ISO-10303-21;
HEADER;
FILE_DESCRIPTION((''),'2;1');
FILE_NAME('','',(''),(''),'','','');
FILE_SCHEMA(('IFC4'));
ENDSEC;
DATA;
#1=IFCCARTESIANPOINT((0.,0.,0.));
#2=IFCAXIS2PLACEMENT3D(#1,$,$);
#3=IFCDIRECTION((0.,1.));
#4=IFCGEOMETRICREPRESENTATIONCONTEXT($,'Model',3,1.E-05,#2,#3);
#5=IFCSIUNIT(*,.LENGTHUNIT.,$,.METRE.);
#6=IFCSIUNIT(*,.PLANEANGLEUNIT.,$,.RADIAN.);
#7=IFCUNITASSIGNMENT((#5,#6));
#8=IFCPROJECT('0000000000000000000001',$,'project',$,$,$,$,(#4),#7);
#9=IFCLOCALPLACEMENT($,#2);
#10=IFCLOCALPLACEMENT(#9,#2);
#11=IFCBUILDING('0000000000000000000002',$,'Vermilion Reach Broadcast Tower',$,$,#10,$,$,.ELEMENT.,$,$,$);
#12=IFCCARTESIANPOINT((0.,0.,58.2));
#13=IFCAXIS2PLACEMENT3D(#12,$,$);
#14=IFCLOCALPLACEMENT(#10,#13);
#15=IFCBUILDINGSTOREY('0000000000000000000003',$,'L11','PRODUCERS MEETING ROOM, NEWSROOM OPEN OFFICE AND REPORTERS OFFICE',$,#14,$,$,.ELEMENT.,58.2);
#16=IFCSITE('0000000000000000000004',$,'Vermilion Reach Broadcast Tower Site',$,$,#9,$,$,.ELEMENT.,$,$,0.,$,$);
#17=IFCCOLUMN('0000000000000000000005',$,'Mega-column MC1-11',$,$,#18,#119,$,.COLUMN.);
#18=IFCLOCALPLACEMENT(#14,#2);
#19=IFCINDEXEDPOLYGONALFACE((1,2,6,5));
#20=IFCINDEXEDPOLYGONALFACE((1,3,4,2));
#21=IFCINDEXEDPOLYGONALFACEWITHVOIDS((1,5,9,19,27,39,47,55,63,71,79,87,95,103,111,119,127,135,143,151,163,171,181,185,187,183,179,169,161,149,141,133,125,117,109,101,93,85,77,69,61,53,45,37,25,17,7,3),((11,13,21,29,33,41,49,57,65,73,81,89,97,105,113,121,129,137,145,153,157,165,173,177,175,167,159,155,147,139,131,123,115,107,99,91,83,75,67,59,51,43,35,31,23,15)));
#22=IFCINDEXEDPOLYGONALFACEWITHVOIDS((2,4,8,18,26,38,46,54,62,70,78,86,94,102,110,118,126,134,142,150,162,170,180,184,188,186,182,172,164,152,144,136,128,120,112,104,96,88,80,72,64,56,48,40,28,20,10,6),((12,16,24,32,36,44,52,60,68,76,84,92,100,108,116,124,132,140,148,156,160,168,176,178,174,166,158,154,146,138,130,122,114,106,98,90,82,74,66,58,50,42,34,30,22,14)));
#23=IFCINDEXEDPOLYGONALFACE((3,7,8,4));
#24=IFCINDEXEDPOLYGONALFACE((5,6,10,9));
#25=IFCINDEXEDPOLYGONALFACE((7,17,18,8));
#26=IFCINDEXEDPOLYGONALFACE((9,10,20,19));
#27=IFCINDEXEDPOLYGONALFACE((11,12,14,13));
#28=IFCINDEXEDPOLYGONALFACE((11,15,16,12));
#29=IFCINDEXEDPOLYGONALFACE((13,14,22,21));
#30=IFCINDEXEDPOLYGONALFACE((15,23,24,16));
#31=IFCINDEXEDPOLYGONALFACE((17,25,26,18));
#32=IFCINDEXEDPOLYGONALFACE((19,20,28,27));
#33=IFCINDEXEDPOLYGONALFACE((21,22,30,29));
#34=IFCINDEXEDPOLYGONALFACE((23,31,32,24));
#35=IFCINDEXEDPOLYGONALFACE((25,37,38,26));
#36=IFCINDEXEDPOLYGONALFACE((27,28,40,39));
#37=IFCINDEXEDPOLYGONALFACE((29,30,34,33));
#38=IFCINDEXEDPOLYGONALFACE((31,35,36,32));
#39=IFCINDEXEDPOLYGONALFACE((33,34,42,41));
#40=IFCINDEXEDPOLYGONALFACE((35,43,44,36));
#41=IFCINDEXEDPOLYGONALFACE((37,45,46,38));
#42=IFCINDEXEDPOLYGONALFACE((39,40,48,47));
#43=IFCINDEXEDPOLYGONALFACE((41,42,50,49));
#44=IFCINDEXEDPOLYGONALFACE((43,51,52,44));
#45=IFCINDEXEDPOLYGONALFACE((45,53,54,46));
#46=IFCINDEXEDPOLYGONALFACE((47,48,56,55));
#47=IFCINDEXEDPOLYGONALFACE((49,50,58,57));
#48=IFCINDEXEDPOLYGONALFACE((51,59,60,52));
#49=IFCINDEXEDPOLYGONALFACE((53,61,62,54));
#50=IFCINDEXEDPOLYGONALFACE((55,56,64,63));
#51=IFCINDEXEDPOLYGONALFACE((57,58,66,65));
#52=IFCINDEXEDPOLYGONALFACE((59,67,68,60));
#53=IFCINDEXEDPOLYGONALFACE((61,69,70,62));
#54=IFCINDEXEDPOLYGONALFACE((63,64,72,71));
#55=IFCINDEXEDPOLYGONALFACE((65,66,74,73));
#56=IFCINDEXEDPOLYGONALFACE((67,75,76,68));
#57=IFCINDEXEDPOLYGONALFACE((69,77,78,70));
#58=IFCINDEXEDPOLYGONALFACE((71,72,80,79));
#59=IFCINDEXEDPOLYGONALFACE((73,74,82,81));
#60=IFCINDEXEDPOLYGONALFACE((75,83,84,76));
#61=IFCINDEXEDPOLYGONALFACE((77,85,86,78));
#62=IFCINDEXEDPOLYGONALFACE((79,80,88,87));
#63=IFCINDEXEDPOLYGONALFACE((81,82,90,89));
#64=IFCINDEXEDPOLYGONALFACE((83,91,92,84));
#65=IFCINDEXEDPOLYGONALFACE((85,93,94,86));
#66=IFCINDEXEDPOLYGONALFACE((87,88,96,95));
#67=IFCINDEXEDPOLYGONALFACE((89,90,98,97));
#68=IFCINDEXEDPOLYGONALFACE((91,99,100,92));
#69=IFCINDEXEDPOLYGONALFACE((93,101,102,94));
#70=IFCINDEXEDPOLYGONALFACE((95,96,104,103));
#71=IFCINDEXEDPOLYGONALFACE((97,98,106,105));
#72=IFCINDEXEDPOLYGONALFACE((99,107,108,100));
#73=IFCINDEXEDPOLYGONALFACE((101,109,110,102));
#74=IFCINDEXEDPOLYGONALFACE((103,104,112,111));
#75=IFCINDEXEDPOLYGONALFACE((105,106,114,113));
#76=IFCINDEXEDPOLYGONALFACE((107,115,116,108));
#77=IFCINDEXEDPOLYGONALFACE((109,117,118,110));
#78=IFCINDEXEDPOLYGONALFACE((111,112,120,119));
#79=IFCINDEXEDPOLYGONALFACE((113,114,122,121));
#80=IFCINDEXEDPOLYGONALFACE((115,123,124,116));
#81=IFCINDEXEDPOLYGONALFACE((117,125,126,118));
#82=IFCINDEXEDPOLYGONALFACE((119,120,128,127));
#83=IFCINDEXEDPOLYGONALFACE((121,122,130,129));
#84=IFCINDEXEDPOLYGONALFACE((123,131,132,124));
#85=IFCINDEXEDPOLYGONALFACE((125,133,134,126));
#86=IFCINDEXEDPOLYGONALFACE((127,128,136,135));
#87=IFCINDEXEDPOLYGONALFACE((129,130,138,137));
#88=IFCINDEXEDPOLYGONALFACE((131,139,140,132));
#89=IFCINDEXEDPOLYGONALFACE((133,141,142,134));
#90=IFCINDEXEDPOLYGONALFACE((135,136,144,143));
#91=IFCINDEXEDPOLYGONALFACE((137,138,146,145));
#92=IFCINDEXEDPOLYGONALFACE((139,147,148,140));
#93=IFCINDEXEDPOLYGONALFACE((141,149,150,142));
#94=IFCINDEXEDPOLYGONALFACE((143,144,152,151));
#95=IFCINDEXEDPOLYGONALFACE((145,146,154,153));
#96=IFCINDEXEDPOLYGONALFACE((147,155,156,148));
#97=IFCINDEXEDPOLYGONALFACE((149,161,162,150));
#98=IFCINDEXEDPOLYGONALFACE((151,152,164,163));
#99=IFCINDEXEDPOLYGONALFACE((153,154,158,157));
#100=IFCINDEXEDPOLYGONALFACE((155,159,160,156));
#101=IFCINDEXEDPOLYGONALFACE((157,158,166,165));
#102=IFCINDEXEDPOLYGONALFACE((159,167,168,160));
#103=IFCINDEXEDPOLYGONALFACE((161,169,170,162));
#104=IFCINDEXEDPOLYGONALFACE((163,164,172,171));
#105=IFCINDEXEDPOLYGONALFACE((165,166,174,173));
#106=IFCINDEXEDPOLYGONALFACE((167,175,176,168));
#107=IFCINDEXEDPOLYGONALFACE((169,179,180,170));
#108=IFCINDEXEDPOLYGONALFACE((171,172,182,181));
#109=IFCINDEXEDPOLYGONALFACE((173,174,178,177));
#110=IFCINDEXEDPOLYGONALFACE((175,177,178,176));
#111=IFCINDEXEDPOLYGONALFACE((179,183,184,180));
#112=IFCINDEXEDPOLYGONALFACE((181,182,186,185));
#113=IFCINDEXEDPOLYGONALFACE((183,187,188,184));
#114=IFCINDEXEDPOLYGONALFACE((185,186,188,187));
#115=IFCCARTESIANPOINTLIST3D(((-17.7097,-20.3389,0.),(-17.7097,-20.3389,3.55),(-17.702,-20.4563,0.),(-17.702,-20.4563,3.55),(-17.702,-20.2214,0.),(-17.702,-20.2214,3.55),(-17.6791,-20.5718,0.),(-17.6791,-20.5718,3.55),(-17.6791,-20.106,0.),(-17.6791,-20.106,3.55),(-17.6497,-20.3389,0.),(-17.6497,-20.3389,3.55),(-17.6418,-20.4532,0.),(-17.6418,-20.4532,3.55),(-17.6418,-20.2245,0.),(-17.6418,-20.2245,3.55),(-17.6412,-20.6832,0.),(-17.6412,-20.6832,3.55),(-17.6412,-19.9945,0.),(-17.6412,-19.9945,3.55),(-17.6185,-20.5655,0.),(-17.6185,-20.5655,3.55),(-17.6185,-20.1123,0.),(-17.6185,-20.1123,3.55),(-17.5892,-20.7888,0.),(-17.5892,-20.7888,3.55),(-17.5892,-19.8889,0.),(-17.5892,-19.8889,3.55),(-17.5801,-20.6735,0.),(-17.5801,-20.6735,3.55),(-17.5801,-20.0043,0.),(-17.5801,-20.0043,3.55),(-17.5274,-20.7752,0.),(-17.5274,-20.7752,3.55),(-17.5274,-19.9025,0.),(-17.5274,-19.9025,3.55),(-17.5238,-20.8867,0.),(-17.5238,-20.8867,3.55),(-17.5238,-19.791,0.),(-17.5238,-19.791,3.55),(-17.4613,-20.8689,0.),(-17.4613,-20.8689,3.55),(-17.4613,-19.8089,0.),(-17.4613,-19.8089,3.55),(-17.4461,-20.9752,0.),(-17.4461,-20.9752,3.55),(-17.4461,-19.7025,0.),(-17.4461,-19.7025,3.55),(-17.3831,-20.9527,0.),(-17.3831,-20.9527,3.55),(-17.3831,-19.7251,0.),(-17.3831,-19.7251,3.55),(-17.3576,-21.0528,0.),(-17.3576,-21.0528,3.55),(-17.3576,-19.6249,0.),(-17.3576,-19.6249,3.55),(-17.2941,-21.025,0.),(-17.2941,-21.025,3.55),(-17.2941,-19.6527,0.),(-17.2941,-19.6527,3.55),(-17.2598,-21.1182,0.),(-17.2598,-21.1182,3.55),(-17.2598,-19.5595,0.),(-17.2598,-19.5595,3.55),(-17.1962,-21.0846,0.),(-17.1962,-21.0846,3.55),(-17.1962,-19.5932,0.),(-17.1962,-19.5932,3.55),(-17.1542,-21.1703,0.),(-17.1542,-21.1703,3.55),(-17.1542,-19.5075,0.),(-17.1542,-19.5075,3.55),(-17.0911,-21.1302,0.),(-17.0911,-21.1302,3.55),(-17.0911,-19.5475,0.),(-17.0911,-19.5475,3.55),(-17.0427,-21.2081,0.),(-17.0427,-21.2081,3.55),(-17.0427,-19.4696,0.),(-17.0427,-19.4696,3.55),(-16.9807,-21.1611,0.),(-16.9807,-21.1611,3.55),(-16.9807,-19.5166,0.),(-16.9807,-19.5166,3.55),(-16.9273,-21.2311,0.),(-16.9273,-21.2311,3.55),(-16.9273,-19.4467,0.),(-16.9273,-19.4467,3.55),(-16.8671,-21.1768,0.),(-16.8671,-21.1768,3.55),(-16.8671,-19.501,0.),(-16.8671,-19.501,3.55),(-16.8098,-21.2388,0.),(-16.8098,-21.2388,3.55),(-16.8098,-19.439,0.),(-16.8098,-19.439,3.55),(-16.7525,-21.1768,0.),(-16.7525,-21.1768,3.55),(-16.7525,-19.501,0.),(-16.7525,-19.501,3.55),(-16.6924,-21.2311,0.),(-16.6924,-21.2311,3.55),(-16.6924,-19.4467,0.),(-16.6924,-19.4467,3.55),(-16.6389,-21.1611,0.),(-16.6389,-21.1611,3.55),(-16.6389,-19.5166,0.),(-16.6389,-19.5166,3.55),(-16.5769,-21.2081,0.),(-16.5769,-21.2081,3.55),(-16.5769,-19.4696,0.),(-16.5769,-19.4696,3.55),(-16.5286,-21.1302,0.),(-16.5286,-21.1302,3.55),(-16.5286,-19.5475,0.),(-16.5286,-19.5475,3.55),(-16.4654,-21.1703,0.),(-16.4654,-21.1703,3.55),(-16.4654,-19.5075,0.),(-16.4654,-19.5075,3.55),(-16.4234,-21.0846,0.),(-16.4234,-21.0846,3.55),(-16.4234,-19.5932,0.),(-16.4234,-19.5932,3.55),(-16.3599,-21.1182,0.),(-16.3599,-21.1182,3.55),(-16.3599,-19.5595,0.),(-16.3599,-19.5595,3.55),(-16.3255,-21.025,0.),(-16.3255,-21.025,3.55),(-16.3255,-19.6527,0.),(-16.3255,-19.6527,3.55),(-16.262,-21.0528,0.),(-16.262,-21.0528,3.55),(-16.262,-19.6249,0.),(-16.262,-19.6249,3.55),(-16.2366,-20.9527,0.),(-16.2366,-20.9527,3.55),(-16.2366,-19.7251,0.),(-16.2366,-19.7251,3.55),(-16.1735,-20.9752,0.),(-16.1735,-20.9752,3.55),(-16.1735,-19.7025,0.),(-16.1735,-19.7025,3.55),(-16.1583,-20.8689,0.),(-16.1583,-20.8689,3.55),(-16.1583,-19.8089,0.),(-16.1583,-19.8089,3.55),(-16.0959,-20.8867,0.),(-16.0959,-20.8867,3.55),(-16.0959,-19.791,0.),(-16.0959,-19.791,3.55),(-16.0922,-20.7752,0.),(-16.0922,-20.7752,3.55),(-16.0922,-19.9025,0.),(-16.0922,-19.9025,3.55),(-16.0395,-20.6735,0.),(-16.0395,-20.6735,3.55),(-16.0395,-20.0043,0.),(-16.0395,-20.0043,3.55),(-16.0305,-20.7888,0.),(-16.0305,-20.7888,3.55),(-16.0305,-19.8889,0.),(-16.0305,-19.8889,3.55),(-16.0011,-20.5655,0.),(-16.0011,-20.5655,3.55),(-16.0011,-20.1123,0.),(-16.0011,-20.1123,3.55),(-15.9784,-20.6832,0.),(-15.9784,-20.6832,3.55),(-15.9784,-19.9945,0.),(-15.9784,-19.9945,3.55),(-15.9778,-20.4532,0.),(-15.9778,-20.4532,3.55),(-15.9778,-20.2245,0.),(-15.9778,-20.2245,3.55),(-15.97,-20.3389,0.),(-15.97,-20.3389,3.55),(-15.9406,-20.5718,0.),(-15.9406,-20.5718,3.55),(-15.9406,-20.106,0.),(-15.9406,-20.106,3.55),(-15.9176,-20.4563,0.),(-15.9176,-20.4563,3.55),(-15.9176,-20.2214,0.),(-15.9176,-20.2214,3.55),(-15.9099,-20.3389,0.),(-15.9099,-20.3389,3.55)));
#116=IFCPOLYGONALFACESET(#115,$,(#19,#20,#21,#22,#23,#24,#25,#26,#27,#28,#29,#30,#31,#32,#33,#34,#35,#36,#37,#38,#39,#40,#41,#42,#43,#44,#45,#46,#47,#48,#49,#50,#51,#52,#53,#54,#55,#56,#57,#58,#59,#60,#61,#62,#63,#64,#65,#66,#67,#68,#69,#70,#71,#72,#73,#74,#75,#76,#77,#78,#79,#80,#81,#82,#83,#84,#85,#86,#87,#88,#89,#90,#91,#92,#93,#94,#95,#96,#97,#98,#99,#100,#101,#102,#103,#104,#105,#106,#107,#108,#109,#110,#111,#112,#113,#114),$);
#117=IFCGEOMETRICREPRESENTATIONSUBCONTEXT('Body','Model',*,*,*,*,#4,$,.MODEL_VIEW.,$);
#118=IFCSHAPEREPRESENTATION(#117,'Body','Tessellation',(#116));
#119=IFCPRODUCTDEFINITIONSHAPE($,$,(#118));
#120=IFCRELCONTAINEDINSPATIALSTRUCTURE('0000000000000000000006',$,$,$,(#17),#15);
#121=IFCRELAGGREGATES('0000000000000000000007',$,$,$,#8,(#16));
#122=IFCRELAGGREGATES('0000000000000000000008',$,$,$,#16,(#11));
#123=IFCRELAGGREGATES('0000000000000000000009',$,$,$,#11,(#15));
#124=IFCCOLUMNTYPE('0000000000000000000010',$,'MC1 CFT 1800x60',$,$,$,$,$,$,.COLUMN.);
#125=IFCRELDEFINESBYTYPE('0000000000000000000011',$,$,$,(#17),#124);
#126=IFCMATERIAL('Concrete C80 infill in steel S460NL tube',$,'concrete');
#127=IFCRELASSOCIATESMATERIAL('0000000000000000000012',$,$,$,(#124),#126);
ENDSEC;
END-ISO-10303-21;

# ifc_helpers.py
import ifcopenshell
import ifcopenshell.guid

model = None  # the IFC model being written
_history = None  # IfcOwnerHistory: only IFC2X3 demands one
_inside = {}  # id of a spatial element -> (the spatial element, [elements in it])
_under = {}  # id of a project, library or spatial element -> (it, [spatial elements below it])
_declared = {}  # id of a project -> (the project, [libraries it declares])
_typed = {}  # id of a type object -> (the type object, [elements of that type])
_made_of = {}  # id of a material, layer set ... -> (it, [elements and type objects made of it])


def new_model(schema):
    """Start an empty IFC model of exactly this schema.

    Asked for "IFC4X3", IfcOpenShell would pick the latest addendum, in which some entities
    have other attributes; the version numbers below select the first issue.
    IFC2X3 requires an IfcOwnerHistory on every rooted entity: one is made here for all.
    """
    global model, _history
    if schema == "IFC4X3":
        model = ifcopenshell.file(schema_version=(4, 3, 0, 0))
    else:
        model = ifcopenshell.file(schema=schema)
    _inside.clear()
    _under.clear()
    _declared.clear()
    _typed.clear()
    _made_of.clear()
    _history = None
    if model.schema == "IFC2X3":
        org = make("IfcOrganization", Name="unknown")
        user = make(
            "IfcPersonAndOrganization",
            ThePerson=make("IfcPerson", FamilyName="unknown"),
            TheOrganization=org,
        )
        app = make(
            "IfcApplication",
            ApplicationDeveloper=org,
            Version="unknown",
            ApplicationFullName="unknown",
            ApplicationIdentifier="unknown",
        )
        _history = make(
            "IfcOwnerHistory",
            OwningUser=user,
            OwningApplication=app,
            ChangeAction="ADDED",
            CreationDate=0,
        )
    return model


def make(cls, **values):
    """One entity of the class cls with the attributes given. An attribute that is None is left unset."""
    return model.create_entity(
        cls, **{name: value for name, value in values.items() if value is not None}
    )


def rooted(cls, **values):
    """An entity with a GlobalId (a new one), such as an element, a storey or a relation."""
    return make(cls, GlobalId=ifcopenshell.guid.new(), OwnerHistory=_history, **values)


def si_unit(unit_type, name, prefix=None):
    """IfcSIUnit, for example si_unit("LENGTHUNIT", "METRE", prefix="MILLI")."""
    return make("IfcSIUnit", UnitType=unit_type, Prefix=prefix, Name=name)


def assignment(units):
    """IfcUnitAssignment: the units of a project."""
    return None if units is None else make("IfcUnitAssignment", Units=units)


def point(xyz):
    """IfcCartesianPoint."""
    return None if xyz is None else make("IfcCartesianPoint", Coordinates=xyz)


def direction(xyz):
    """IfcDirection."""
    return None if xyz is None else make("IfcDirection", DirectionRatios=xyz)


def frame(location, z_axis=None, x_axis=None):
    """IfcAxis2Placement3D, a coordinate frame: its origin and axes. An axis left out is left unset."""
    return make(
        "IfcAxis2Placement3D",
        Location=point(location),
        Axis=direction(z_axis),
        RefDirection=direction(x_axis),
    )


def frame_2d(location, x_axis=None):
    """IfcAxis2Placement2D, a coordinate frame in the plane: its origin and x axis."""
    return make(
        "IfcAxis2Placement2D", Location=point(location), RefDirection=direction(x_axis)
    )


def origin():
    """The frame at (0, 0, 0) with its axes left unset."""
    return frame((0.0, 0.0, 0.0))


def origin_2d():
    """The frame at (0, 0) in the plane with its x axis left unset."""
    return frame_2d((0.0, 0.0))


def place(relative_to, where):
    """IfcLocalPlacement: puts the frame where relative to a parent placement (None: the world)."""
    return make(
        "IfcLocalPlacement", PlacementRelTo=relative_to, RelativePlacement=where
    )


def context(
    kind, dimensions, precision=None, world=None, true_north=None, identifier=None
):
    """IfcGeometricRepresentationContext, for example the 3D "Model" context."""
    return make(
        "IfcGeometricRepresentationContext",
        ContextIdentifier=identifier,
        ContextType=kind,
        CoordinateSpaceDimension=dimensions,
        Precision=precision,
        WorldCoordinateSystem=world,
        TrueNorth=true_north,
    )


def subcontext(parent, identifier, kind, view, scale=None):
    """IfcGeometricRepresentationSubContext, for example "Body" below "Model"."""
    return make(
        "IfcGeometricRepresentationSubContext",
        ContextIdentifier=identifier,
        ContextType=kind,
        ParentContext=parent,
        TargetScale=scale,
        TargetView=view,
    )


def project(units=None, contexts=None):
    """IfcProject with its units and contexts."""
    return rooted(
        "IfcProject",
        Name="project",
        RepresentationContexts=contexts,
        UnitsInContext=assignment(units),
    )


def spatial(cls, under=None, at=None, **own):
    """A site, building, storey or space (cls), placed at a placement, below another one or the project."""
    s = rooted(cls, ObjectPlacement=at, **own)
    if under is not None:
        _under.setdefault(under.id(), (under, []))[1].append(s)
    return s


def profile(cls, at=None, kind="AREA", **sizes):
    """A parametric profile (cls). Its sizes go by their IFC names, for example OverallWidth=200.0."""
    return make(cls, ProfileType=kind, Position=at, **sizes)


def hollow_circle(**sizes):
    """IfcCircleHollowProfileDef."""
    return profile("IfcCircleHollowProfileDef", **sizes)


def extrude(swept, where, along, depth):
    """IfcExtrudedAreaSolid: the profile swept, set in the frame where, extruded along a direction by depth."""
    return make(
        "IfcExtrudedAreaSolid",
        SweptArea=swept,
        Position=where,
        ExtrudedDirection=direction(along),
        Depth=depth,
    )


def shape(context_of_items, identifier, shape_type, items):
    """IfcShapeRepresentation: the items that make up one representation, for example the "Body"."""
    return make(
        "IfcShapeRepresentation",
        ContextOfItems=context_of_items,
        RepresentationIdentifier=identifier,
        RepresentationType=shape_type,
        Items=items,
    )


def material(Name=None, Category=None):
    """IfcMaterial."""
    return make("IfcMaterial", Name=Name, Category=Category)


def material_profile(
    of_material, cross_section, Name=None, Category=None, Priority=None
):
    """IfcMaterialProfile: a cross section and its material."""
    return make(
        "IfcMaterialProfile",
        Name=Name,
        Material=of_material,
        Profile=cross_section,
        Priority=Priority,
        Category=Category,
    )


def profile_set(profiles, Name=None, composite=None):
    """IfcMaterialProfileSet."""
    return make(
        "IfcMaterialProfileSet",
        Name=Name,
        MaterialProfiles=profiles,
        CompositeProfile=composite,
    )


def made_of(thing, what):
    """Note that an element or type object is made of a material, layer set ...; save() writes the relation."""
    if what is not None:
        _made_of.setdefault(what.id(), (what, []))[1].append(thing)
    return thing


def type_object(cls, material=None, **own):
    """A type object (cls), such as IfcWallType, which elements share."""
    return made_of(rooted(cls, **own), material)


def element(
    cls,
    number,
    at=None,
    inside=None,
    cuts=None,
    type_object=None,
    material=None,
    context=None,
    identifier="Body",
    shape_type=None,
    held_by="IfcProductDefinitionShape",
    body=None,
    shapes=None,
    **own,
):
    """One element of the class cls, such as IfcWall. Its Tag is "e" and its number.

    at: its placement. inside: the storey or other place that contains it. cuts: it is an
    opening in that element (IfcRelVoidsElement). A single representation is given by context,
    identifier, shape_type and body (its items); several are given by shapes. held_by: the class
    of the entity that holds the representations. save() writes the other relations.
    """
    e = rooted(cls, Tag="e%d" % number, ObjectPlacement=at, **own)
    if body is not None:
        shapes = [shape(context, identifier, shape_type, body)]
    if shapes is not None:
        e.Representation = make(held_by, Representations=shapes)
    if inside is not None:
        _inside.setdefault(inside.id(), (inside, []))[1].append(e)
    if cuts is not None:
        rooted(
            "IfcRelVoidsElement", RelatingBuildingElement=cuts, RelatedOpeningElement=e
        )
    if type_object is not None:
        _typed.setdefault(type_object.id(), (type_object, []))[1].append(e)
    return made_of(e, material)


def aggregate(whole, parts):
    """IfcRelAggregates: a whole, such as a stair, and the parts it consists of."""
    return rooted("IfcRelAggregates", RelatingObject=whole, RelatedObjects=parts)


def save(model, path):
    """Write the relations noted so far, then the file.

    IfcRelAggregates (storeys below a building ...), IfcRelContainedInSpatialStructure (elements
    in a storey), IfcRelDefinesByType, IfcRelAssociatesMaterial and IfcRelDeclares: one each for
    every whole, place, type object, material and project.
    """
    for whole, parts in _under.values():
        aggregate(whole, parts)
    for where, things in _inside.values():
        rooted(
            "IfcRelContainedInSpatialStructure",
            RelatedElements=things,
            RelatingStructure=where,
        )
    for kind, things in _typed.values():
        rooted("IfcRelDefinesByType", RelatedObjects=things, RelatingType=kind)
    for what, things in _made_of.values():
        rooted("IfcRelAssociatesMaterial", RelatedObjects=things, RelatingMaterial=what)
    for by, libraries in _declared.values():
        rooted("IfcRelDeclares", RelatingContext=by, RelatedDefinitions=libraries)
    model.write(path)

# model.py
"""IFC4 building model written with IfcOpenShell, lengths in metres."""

from ifc_helpers import new_model, si_unit, direction, frame, origin, origin_2d, place, context, subcontext, project, spatial, hollow_circle, extrude, material, material_profile, profile_set, type_object, element, save


model = new_model("IFC4")

# Units and contexts
model_context = context("Model", 3, precision=1e-05, world=origin(), true_north=direction((0.0, 1.0)))
body_context = subcontext(model_context, "Body", "Model", "MODEL_VIEW")
ifc_project = project(units=[si_unit("LENGTHUNIT", "METRE"), si_unit("PLANEANGLEUNIT", "RADIAN")], contexts=[model_context])

# Site, building, storey
site_placement = place(None, origin())
site = spatial("IfcSite", under=ifc_project, at=site_placement, Name="Vermilion Reach Broadcast Tower Site", CompositionType="ELEMENT", RefElevation=0.0)
building_placement = place(site_placement, origin())
building = spatial("IfcBuilding", under=site, at=building_placement, Name="Vermilion Reach Broadcast Tower", CompositionType="ELEMENT")
storey_placement = place(building_placement, frame((0.0, 0.0, 58.2)))
storey = spatial("IfcBuildingStorey", under=building, at=storey_placement, Name="L11", Description="PRODUCERS MEETING ROOM, NEWSROOM OPEN OFFICE AND REPORTERS OFFICE", CompositionType="ELEMENT", Elevation=58.2)

# Column
ifc_material_1 = material(Name="Concrete C80 infill in steel S460NL tube", Category="concrete")
ifc_material_profile_1 = material_profile(ifc_material_1, hollow_circle(Radius=0.8999, WallThickness=0.0601, at=origin_2d()), Name="Concrete C80 infill in steel S460NL tube CFT 1800x60")
ifc_profile_set_1 = profile_set([ifc_material_profile_1], Name="Concrete C80 infill in steel S460NL tube")
column_type = type_object("IfcColumnType", Name="MC1 CFT 1800x60", PredefinedType="COLUMN", material=ifc_profile_set_1)
for number, where, z_axis, x_axis, name in (
    (1, (-16.8098, -20.3389, 0.0), (0.0, 0.0, 1.0), (1.0, 0.0, 0.0), "Mega-column MC1-11"),
):
    element("IfcColumn", number, at=place(storey_placement, frame(where, z_axis=z_axis, x_axis=x_axis)), inside=storey, type_object=column_type, Name=name, PredefinedType="COLUMN", context=body_context, shape_type="SweptSolid", body=[
        extrude(hollow_circle(Radius=0.8999, WallThickness=0.0601, at=origin_2d()), origin(), (0.0, 0.0, 1.0), 3.55),
    ])

save(model, "model.ifc")
